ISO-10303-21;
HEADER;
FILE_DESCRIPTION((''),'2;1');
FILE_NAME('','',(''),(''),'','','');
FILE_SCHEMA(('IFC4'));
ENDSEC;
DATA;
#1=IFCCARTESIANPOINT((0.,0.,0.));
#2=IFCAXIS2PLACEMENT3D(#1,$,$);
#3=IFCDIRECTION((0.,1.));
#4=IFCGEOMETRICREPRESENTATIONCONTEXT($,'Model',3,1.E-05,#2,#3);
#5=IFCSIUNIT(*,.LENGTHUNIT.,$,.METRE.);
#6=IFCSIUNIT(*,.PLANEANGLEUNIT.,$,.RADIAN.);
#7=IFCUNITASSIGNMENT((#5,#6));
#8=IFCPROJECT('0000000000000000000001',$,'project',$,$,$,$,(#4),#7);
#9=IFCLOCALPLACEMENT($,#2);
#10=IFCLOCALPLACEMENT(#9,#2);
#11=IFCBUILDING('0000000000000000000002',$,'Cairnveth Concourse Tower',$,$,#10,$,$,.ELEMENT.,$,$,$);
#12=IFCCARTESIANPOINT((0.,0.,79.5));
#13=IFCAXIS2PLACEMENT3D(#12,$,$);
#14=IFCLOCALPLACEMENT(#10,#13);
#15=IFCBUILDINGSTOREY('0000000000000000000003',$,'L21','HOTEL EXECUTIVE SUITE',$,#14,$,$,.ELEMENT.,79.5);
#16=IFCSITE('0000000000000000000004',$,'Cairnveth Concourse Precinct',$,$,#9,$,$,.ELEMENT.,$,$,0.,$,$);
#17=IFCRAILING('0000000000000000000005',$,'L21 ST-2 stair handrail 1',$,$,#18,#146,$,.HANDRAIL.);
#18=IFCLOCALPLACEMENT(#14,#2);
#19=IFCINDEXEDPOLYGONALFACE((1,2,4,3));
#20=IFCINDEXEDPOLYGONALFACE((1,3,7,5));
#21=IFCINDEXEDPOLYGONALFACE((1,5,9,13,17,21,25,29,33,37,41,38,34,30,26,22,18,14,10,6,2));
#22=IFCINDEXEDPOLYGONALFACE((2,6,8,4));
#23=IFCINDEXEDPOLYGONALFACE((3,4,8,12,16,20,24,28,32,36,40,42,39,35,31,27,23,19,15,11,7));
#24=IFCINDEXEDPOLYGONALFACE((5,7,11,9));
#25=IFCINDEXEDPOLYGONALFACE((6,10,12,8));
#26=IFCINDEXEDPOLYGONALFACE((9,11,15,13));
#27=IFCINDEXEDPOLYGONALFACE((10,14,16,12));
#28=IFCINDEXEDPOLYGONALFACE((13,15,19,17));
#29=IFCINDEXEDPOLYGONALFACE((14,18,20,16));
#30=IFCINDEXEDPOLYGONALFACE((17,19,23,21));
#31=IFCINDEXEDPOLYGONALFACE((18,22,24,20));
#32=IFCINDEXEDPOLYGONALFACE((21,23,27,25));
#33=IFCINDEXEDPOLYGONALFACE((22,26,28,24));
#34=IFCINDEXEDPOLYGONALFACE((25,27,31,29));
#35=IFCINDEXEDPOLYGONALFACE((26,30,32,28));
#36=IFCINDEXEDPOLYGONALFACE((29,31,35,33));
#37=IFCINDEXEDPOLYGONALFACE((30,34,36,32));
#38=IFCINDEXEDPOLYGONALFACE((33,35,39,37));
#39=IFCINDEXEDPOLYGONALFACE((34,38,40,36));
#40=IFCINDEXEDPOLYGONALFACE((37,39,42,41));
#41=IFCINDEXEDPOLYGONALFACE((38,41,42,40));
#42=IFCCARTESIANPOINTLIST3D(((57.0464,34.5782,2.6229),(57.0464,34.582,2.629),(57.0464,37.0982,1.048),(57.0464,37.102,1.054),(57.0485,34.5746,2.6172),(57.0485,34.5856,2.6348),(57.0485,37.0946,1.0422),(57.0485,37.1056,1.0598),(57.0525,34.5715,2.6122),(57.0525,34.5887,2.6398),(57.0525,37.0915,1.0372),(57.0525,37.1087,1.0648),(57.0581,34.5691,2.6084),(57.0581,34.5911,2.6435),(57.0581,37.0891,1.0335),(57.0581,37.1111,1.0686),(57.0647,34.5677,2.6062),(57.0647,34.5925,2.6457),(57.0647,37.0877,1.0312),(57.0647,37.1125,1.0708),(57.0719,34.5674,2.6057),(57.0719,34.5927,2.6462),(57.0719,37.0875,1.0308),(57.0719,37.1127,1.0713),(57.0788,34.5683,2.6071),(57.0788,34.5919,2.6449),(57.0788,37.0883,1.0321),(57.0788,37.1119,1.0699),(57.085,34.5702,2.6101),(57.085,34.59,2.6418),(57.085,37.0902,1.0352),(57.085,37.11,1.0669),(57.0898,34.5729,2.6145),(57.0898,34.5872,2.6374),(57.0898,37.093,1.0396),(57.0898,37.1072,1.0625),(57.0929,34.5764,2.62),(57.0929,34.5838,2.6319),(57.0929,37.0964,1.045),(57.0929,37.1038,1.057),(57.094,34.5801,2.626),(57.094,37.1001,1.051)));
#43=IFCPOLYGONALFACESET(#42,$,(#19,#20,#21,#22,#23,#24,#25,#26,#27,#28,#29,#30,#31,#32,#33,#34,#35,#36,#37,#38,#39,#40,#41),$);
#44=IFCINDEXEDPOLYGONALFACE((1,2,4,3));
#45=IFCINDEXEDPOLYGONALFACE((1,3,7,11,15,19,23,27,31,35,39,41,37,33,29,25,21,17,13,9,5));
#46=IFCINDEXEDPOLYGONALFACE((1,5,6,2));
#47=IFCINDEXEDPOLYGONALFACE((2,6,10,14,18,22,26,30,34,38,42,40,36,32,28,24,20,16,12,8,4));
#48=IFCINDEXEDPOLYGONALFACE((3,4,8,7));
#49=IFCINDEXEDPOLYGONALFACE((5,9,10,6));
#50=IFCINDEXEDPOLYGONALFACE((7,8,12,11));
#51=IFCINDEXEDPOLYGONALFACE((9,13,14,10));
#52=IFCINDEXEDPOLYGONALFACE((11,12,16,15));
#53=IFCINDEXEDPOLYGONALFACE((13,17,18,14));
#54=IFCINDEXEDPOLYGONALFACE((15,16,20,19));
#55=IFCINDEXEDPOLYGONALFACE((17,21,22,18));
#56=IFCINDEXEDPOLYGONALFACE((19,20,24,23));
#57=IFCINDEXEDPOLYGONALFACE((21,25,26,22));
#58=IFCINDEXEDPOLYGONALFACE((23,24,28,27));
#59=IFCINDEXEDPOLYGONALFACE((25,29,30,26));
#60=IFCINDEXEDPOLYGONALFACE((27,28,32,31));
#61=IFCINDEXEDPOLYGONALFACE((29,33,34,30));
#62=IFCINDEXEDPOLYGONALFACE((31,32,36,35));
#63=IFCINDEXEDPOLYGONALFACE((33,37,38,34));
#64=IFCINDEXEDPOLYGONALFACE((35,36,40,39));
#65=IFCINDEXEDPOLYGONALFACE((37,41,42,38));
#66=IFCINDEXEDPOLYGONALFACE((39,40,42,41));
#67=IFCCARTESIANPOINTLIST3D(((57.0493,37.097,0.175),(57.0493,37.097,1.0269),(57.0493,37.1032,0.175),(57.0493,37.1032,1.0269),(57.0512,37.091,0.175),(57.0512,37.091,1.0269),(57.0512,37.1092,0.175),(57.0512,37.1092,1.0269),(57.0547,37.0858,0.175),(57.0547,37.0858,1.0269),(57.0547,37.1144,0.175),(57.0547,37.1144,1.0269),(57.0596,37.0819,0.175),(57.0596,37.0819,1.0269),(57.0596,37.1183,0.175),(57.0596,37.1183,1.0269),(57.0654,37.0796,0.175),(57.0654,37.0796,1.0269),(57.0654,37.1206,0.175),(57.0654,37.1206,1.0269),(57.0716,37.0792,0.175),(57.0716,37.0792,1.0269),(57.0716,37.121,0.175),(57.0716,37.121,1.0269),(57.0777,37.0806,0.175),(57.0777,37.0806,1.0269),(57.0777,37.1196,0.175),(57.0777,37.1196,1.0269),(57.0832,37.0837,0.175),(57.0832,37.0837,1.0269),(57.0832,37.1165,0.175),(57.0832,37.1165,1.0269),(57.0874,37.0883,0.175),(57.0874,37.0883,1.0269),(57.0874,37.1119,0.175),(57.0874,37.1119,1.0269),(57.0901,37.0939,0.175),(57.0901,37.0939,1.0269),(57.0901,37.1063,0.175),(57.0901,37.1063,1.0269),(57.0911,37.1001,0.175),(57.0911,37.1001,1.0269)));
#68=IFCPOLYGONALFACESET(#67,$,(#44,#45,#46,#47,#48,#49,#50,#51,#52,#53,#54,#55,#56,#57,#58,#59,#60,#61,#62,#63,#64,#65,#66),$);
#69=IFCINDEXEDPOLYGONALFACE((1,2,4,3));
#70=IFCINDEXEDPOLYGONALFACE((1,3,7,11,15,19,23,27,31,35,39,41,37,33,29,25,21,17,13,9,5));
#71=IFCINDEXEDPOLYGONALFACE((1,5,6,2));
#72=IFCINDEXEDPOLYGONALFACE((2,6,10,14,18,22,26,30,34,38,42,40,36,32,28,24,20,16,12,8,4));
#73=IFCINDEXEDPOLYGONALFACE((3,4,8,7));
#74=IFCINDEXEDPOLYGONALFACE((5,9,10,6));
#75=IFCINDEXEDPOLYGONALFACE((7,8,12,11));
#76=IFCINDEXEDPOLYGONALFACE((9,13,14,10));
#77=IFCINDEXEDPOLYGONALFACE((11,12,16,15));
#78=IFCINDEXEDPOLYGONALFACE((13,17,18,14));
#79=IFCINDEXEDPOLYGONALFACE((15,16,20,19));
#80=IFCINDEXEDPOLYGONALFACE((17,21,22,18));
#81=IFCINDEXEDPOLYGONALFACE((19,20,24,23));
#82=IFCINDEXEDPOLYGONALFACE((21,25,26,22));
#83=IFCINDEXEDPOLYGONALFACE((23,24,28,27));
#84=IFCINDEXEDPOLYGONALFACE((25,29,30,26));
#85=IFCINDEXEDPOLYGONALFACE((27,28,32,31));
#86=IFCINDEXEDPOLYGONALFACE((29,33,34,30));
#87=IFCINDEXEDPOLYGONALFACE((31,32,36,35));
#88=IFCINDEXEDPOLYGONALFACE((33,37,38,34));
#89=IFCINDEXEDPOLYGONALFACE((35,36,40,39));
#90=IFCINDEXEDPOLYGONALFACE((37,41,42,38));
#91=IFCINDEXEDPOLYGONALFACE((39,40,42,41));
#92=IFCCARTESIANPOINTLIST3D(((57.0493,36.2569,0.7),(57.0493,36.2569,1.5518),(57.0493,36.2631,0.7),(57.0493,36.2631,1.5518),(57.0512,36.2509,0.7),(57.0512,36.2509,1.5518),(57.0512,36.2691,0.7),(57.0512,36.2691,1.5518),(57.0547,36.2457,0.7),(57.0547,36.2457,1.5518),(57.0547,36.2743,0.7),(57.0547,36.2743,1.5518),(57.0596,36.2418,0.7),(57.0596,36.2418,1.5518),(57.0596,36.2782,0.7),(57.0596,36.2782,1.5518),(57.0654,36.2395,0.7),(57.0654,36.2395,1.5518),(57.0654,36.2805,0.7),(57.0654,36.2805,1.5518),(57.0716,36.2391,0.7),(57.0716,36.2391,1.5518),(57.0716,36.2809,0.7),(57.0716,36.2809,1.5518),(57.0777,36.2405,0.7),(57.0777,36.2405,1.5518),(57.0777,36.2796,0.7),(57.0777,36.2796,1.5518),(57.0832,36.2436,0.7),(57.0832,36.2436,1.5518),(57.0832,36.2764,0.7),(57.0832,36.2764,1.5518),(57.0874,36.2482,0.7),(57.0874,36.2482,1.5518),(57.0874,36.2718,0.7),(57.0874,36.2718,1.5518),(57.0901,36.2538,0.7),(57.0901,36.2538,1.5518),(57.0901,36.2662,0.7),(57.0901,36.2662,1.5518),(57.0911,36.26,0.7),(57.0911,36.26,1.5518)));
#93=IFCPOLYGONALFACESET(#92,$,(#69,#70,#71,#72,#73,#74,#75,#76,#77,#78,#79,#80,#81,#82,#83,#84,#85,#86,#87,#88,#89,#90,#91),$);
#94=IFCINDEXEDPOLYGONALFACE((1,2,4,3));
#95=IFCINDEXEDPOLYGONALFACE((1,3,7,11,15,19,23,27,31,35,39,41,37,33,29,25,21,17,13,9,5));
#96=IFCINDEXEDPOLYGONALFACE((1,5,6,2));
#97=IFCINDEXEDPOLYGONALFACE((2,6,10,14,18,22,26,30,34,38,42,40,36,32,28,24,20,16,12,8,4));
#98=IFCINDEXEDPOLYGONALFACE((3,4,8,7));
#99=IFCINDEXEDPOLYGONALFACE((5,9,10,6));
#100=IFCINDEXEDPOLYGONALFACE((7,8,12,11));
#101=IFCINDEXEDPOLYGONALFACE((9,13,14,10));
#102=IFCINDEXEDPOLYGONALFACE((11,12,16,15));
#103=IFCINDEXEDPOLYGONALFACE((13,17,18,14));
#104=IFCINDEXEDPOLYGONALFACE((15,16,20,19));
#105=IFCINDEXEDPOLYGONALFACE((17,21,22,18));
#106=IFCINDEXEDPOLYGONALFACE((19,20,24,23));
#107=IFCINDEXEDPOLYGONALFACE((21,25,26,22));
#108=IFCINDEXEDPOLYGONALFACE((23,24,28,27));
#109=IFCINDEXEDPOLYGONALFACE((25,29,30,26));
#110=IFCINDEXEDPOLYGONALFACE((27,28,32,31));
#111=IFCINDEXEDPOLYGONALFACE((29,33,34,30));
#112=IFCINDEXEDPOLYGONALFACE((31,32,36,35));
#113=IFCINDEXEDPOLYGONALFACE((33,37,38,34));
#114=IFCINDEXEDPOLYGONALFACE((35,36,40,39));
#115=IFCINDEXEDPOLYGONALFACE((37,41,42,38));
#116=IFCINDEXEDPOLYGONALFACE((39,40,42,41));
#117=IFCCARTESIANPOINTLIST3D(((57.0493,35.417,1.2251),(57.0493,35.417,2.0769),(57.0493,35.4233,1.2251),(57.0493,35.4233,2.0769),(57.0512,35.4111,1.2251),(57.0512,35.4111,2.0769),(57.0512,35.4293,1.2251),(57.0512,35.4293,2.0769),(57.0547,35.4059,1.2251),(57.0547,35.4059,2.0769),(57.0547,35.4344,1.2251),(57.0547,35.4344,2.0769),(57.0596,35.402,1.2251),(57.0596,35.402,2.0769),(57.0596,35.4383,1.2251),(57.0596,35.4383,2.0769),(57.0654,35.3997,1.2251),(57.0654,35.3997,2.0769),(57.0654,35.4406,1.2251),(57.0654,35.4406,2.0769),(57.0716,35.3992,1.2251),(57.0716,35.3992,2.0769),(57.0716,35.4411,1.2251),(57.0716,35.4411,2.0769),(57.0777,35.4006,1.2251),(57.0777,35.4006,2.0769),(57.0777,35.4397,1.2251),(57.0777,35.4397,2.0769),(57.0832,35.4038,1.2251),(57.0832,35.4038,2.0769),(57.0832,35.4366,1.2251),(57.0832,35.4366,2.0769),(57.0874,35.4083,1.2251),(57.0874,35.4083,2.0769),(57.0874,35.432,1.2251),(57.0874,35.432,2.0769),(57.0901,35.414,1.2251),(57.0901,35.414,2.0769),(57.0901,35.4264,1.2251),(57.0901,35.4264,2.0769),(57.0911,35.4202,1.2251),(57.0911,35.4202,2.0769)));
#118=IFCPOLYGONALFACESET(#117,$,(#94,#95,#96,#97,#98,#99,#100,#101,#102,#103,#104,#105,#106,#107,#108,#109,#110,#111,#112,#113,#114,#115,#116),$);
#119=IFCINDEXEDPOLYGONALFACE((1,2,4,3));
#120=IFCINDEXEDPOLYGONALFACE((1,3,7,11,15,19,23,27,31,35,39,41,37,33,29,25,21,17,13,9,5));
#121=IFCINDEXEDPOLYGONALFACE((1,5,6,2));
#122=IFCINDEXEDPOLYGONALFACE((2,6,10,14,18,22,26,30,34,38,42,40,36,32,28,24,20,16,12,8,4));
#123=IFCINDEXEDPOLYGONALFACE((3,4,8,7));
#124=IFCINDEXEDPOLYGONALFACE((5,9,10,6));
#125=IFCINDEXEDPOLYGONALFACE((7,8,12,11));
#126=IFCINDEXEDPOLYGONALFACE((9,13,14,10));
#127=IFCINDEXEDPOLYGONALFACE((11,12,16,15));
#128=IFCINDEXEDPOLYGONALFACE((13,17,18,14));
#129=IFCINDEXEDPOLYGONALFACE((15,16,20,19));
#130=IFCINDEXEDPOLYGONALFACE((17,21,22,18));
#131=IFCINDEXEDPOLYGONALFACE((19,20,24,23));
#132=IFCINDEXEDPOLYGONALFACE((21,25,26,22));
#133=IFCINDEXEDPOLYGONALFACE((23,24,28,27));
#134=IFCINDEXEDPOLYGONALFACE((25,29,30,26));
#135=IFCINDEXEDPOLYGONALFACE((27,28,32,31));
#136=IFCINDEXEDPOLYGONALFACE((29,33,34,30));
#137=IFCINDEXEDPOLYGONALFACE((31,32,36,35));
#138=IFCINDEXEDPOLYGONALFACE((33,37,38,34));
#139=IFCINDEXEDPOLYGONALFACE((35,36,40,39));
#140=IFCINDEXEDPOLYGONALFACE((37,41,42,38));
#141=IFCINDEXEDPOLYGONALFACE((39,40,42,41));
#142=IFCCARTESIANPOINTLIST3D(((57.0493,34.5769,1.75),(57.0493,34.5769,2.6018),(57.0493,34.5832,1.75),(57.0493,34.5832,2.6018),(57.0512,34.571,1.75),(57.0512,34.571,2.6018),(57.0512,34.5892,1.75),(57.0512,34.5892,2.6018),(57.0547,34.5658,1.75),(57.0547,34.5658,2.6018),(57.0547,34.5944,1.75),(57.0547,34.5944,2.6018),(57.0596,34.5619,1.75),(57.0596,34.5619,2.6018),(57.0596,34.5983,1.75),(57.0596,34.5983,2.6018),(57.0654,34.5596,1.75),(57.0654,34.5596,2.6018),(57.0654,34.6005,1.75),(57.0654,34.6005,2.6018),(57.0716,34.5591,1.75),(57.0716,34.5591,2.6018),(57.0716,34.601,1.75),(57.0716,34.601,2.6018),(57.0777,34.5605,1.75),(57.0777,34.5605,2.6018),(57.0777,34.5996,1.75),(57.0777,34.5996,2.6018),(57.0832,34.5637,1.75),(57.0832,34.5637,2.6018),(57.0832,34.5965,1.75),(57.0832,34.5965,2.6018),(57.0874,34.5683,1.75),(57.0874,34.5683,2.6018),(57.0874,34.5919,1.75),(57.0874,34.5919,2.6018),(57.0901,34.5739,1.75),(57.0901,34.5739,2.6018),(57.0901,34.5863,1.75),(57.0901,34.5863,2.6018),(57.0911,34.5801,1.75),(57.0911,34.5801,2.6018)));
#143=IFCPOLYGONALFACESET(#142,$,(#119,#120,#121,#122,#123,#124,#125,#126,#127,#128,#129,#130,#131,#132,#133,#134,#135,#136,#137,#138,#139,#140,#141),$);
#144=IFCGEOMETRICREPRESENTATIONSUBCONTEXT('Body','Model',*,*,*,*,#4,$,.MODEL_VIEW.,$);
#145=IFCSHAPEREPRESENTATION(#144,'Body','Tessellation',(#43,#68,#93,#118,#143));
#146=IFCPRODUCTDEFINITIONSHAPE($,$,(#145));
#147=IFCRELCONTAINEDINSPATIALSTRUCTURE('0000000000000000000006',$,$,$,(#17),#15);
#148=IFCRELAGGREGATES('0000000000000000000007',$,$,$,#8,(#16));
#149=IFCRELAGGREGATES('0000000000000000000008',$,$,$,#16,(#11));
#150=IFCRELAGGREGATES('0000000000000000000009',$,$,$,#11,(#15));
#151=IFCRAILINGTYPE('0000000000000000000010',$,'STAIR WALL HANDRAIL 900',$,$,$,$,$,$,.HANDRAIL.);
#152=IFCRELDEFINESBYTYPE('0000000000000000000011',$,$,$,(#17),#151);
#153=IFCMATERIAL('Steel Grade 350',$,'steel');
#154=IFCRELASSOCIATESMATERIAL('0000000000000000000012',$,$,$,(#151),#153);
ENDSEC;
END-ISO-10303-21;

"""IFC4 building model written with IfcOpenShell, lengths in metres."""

from ifc_helpers import new_model, si_unit, direction, frame, origin, origin_2d, place, context, subcontext, project, spatial, circle, extrude, material, type_object, element, save


model = new_model("IFC4")

# Units and contexts
model_context = context("Model", 3, precision=1e-05, world=origin(), true_north=direction((0.0, 1.0)))
body_context = subcontext(model_context, "Body", "Model", "MODEL_VIEW")
ifc_project = project(units=[si_unit("LENGTHUNIT", "METRE"), si_unit("PLANEANGLEUNIT", "RADIAN")], contexts=[model_context])

# Site, building, storey
site_placement = place(None, origin())
site = spatial("IfcSite", under=ifc_project, at=site_placement, Name="Cairnveth Concourse Precinct", CompositionType="ELEMENT", RefElevation=0.0)
building_placement = place(site_placement, origin())
building = spatial("IfcBuilding", under=site, at=building_placement, Name="Cairnveth Concourse Tower", CompositionType="ELEMENT")
storey_placement = place(building_placement, frame((0.0, 0.0, 79.5)))
storey = spatial("IfcBuildingStorey", under=building, at=storey_placement, Name="L21", Description="HOTEL EXECUTIVE SUITE", CompositionType="ELEMENT", Elevation=79.5)

# Shared definitions
ifc_material_1 = material(Name="Steel Grade 350", Category="steel")

# Railing
railing_type_1 = type_object("IfcRailingType", Name="STAIR WALL HANDRAIL 900", PredefinedType="HANDRAIL", material=ifc_material_1)
railing_1_placement = place(storey_placement, frame((57.0701, 37.1001, 0.175)))
element("IfcRailing", 1, at=railing_1_placement, inside=storey, type_object=railing_type_1, Name="L21 ST-2 stair handrail 1", PredefinedType="HANDRAIL", context=body_context, shape_type="SweptSolid", body=[
    extrude(circle(Radius=0.0239, at=origin_2d()), frame((0.0, 0.0, 0.876), z_axis=(0.0, -0.848008, 0.529984), x_axis=(1.0, 0.0, 0.0)), (0.0, 0.0, 1.0), 2.9717),
    extrude(circle(Radius=0.021, at=origin_2d()), origin(), (0.0, 0.0, 1.0), 0.8518),
    extrude(circle(Radius=0.021, at=origin_2d()), frame((0.0, -0.8401, 0.5249)), (0.0, 0.0, 1.0), 0.8518),
    extrude(circle(Radius=0.021, at=origin_2d()), frame((0.0, -1.6799, 1.05)), (0.0, 0.0, 1.0), 0.8518),
    extrude(circle(Radius=0.021, at=origin_2d()), frame((0.0, -2.52, 1.575)), (0.0, 0.0, 1.0), 0.8518),
])

save(model, "model.ifc")
